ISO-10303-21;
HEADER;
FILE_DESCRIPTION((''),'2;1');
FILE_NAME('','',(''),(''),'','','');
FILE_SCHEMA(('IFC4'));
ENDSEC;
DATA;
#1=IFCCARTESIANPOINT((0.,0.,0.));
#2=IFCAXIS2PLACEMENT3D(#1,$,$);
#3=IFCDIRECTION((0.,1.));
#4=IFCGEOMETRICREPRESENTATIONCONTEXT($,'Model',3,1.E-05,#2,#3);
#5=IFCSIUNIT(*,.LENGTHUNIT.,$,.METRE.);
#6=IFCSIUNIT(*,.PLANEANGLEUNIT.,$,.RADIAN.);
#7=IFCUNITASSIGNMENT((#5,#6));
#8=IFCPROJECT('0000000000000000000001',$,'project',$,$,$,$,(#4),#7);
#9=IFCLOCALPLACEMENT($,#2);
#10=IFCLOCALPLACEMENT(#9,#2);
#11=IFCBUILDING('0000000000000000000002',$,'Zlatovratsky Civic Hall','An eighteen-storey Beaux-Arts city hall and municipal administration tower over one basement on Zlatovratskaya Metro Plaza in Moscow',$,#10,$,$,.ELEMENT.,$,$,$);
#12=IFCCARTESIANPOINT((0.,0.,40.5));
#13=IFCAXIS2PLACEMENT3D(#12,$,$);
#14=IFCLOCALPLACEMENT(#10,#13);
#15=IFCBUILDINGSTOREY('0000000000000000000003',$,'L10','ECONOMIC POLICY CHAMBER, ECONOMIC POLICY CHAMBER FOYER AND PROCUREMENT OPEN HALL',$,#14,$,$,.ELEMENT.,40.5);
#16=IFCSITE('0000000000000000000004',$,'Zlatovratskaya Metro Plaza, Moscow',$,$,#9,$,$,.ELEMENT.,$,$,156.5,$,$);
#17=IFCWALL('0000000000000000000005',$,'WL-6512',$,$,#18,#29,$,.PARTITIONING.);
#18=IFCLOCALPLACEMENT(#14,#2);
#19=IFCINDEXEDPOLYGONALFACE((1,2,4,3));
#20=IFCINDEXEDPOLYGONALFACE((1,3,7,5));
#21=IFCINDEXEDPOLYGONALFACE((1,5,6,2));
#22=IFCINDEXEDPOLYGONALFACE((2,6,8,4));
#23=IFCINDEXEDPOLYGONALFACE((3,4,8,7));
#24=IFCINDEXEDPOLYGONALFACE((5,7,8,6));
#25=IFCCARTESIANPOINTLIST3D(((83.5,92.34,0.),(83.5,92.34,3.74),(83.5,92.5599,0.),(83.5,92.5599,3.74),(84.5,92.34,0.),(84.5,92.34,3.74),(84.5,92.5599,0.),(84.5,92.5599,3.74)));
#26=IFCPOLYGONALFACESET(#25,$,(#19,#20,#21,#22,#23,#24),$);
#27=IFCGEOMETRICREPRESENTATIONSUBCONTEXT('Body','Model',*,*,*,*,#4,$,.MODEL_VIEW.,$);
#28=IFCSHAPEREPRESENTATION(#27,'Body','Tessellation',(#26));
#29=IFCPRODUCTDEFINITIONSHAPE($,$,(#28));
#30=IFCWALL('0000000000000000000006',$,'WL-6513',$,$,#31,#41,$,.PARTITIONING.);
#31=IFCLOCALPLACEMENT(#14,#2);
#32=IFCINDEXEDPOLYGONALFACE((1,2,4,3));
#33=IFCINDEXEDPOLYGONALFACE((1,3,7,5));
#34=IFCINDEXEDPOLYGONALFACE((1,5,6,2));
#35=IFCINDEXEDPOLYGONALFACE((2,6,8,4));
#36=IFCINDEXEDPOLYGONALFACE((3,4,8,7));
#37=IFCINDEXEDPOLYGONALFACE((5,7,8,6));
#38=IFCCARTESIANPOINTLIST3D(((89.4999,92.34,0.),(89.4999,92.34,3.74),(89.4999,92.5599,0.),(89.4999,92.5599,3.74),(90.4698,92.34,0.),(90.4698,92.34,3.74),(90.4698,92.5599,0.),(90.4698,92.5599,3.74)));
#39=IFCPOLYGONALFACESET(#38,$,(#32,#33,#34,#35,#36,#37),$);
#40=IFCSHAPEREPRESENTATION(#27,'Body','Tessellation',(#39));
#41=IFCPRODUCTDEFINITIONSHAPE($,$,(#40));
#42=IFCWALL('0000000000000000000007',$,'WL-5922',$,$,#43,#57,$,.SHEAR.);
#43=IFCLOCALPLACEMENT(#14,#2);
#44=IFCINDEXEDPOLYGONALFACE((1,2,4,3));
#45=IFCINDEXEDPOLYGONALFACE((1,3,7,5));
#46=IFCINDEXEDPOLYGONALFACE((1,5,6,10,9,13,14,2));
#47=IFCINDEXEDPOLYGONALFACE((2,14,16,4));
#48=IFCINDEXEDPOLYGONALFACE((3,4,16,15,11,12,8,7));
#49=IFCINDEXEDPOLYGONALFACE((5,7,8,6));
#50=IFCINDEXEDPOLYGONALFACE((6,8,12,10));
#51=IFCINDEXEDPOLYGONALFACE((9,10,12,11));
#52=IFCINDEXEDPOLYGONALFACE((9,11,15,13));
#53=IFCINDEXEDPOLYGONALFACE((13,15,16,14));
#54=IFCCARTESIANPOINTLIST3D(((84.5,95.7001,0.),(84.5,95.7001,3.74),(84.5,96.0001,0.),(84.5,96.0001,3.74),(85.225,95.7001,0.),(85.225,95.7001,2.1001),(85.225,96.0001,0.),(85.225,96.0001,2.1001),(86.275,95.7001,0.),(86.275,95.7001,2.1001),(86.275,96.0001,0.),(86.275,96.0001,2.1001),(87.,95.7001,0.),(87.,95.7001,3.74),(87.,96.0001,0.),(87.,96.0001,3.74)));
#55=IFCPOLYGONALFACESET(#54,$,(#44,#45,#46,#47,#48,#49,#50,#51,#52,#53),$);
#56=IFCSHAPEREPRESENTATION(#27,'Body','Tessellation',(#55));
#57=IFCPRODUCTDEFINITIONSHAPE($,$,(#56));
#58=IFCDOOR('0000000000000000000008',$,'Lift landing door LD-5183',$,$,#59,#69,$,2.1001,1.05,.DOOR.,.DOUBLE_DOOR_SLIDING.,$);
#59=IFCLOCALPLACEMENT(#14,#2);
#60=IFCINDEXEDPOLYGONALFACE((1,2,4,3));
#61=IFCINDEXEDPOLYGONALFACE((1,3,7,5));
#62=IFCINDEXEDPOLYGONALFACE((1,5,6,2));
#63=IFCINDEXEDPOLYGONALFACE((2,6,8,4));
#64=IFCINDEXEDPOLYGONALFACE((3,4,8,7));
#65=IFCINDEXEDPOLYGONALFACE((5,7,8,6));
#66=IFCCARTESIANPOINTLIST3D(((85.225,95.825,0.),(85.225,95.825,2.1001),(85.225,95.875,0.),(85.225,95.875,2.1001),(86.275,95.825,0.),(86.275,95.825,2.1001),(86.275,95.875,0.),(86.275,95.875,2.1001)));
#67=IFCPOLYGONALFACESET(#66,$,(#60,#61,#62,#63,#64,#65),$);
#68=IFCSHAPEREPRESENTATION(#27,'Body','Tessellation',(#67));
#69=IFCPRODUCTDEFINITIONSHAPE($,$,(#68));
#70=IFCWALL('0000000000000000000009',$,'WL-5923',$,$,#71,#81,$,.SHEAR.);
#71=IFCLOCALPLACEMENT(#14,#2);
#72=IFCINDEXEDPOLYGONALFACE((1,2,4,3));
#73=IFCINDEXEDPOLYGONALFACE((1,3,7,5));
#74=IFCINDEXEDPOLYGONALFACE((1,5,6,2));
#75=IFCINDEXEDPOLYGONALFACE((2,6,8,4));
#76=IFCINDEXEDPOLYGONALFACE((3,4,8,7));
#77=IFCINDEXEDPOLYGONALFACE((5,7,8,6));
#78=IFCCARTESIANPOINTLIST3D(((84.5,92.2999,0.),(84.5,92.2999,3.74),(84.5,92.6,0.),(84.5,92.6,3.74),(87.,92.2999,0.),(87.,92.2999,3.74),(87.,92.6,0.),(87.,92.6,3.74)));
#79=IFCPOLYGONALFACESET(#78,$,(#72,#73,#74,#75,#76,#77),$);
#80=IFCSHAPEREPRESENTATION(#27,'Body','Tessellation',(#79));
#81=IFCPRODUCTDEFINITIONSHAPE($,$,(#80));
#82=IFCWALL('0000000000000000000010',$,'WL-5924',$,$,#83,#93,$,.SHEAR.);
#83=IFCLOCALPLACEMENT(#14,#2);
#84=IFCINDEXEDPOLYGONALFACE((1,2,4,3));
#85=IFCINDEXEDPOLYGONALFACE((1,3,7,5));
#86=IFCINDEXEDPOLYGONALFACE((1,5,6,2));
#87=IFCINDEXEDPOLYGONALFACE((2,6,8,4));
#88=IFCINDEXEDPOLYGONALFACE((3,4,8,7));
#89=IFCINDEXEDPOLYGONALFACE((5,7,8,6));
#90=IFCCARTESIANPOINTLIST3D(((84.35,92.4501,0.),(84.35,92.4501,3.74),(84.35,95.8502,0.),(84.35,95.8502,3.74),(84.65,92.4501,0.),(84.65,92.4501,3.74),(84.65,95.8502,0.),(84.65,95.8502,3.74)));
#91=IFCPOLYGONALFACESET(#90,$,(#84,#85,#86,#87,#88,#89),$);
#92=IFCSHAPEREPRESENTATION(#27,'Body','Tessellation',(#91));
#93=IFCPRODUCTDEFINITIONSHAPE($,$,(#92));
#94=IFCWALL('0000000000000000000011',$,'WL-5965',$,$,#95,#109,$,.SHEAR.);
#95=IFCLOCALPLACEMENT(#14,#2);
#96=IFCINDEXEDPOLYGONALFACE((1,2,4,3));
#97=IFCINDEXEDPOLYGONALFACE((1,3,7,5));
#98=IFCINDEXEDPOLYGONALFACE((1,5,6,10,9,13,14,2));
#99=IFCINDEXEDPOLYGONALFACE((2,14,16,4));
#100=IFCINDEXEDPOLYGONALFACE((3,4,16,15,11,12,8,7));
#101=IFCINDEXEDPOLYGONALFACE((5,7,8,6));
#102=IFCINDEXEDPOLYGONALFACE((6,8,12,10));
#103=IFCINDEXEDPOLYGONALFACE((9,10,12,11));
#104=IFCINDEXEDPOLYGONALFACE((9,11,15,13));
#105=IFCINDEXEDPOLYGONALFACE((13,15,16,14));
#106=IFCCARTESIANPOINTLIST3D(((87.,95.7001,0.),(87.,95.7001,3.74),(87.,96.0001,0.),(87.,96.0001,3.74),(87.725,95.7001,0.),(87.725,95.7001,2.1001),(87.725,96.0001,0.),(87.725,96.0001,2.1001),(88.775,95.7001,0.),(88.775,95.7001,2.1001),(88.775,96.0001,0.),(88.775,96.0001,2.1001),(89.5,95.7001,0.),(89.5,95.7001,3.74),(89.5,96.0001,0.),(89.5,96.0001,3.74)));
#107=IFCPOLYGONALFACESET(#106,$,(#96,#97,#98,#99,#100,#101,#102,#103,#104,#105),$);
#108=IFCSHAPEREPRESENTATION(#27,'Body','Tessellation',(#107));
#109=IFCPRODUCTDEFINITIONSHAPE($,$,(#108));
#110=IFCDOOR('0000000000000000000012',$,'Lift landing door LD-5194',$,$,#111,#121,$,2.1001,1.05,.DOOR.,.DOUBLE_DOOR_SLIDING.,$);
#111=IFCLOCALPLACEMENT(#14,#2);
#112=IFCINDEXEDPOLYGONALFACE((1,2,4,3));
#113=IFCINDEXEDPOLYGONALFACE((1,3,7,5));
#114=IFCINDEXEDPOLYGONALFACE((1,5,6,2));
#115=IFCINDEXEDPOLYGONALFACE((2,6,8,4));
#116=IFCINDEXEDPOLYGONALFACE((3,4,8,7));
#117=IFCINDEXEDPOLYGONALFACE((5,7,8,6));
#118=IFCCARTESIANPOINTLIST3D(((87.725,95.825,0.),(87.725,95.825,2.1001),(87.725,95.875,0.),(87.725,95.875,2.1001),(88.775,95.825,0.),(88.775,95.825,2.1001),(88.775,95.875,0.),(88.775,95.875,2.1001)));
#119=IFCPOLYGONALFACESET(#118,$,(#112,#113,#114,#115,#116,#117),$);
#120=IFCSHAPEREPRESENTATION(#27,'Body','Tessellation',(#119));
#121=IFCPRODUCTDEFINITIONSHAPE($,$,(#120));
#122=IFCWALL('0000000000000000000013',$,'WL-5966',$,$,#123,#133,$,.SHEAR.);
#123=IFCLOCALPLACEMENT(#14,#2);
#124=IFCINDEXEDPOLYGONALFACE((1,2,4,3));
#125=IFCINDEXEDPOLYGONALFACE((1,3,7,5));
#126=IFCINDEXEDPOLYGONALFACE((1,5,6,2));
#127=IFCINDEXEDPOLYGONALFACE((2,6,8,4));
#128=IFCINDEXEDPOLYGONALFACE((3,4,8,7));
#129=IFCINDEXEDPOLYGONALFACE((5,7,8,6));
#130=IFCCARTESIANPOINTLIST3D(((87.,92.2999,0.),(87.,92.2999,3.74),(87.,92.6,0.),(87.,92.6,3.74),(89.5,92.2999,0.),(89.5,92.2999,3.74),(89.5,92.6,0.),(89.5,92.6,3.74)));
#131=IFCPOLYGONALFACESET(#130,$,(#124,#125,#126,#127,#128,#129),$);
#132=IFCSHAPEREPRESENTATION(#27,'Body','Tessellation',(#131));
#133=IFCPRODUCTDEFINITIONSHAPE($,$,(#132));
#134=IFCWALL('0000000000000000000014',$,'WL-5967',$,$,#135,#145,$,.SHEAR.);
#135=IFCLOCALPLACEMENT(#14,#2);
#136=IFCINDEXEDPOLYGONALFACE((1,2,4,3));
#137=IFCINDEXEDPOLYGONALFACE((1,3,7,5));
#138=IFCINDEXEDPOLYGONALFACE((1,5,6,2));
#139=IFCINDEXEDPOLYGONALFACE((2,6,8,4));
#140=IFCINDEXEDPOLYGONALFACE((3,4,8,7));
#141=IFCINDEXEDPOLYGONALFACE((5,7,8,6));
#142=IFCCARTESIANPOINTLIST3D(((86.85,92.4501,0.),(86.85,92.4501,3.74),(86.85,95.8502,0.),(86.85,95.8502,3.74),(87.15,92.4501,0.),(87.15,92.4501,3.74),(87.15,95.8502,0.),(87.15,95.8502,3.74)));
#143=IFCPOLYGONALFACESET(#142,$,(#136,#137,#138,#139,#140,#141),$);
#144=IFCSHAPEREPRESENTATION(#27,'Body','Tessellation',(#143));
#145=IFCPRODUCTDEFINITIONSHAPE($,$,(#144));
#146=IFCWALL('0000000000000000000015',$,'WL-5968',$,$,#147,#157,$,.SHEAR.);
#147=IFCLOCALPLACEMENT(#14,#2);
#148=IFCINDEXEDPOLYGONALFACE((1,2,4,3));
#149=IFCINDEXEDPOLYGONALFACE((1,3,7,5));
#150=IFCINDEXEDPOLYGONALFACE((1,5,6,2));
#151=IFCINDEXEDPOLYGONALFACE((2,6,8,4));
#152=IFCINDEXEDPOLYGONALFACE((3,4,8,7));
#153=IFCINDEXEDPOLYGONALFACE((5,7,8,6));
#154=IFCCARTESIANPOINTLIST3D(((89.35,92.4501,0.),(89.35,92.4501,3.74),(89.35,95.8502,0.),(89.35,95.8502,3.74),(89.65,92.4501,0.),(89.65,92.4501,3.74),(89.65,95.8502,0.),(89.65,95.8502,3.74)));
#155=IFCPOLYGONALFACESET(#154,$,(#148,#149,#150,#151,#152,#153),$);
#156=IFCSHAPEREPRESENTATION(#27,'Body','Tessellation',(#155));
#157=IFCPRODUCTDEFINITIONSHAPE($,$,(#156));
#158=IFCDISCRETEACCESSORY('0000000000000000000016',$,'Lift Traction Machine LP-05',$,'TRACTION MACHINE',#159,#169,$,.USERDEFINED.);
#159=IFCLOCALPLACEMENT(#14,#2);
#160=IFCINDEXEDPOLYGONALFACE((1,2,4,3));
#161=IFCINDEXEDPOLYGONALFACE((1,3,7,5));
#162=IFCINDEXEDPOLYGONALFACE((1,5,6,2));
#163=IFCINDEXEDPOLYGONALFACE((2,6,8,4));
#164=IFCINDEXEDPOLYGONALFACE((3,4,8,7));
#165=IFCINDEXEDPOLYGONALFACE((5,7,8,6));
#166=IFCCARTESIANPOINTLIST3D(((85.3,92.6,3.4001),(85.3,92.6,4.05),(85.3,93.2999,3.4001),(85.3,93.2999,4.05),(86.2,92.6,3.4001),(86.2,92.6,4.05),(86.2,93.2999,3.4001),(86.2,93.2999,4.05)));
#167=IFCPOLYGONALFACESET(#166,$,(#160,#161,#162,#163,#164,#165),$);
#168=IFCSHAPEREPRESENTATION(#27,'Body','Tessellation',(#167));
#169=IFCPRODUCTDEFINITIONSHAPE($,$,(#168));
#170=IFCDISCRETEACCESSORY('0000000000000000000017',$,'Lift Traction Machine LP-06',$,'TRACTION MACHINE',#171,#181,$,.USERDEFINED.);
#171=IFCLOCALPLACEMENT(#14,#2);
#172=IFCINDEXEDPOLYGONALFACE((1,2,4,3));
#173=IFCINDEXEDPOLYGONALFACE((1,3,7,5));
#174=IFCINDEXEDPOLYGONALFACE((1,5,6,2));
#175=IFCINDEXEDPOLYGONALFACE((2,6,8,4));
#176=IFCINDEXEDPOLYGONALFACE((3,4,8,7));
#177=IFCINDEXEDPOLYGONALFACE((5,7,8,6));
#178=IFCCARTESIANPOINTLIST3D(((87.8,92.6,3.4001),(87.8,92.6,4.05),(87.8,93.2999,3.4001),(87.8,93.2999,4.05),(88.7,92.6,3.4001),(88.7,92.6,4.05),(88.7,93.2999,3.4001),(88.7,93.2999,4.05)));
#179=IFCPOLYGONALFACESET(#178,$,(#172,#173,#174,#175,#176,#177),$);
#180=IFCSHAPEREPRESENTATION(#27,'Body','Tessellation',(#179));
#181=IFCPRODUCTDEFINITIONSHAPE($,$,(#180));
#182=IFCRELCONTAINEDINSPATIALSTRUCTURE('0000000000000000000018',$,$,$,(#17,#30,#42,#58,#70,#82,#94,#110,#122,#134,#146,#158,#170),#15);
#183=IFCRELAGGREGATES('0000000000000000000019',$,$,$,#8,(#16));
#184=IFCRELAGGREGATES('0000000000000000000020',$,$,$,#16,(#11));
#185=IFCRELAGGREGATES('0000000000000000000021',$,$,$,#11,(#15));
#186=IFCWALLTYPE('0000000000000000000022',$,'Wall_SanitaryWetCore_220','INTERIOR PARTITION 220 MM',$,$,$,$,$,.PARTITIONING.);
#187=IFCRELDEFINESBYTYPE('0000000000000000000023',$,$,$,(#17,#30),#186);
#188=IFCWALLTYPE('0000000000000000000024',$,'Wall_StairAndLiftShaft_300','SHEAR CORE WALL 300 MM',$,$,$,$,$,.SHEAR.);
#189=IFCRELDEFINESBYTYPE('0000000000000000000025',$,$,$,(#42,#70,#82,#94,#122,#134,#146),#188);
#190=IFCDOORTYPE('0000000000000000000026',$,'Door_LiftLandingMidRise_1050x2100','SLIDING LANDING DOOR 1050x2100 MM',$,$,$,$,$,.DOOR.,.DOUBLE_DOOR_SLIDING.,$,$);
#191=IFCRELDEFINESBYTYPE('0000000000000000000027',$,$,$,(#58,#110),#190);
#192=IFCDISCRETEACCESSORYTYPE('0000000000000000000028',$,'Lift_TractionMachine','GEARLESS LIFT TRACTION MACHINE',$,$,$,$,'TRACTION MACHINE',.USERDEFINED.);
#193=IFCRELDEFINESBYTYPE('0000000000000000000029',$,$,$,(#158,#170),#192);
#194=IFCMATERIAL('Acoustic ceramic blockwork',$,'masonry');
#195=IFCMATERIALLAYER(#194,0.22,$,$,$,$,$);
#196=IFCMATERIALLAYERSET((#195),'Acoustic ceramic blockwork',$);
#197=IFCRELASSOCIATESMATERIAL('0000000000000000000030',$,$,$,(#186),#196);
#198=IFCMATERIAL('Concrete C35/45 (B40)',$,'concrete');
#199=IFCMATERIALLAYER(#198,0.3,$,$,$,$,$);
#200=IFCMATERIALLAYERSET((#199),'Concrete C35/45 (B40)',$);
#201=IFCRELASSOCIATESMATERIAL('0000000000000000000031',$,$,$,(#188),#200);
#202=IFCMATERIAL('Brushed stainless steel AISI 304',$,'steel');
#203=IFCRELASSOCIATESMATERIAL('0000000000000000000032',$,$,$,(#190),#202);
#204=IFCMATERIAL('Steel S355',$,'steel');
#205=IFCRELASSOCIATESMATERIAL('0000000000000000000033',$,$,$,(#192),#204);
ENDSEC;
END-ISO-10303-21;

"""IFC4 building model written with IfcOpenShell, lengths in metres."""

from ifc_helpers import new_model, si_unit, direction, frame, frame_2d, origin, origin_2d, place, context, subcontext, project, spatial, rectangle, extrude, material, layer, layer_set, type_object, element, fill, save


model = new_model("IFC4")

# Units and contexts
model_context = context("Model", 3, precision=1e-05, world=origin(), true_north=direction((0.0, 1.0)))
body_context = subcontext(model_context, "Body", "Model", "MODEL_VIEW")
ifc_project = project(units=[si_unit("LENGTHUNIT", "METRE"), si_unit("PLANEANGLEUNIT", "RADIAN")], contexts=[model_context])

# Site, building, storey
site_placement = place(None, origin())
site = spatial("IfcSite", under=ifc_project, at=site_placement, Name="Zlatovratskaya Metro Plaza, Moscow", CompositionType="ELEMENT", RefElevation=156.5)
building_placement = place(site_placement, origin())
building = spatial("IfcBuilding", under=site, at=building_placement, Name="Zlatovratsky Civic Hall", Description="An eighteen-storey Beaux-Arts city hall and municipal administration tower over one basement on Zlatovratskaya Metro Plaza in Moscow", CompositionType="ELEMENT")
storey_placement = place(building_placement, frame((0.0, 0.0, 40.5)))
storey = spatial("IfcBuildingStorey", under=building, at=storey_placement, Name="L10", Description="ECONOMIC POLICY CHAMBER, ECONOMIC POLICY CHAMBER FOYER AND PROCUREMENT OPEN HALL", CompositionType="ELEMENT", Elevation=40.5)

# Shared definitions
ifc_material_1 = material(Name="Concrete C35/45 (B40)", Category="concrete")
ifc_material_2 = material(Name="Steel S355", Category="steel")

# Walls
ifc_material_3 = material(Name="Acoustic ceramic blockwork", Category="masonry")
ifc_layer_1 = layer(ifc_material_3, 0.22)
ifc_layer_set_1 = layer_set([ifc_layer_1], Name="Acoustic ceramic blockwork")
wall_type_1 = type_object("IfcWallType", Name="Wall_SanitaryWetCore_220", Description="INTERIOR PARTITION 220 MM", PredefinedType="PARTITIONING", material=ifc_layer_set_1)
wall_1_placement = place(storey_placement, frame((83.5, 92.45, 0.0), z_axis=(0.0, 0.0, 1.0), x_axis=(1.0, 0.0, 0.0)))
element("IfcWall", 1, at=wall_1_placement, inside=storey, type_object=wall_type_1, Name="WL-6512", PredefinedType="PARTITIONING", context=body_context, shape_type="SweptSolid", body=[
    extrude(rectangle(XDim=1.0, YDim=0.22, at=frame_2d((0.5, 0.0))), origin(), (0.0, 0.0, 1.0), 3.74),
])
wall_2_placement = place(storey_placement, frame((89.5, 92.45, 0.0), z_axis=(0.0, 0.0, 1.0), x_axis=(1.0, 0.0, 0.0)))
element("IfcWall", 2, at=wall_2_placement, inside=storey, type_object=wall_type_1, Name="WL-6513", PredefinedType="PARTITIONING", context=body_context, shape_type="SweptSolid", body=[
    extrude(rectangle(XDim=0.97, YDim=0.22, at=frame_2d((0.4849, 0.0))), origin(), (0.0, 0.0, 1.0), 3.74),
])

# Wall, opening, door
ifc_layer_2 = layer(ifc_material_1, 0.3)
ifc_layer_set_2 = layer_set([ifc_layer_2], Name="Concrete C35/45 (B40)")
wall_type_2 = type_object("IfcWallType", Name="Wall_StairAndLiftShaft_300", Description="SHEAR CORE WALL 300 MM", PredefinedType="SHEAR", material=ifc_layer_set_2)
wall_3_placement = place(storey_placement, frame((84.5, 95.8501, 0.0), z_axis=(0.0, 0.0, 1.0), x_axis=(1.0, 0.0, 0.0)))
wall_3 = element("IfcWall", 3, at=wall_3_placement, inside=storey, type_object=wall_type_2, Name="WL-5922", PredefinedType="SHEAR", context=body_context, shape_type="SweptSolid", body=[
    extrude(rectangle(XDim=2.5, YDim=0.3, at=frame_2d((1.25, 0.0))), origin(), (0.0, 0.0, 1.0), 3.74),
])
opening_1_placement = place(wall_3_placement, frame((0.7251, 0.0, 0.0)))
opening_1 = element("IfcOpeningElement", 4, at=opening_1_placement, cuts=wall_3, PredefinedType="OPENING", context=body_context, shape_type="SweptSolid", body=[
    extrude(rectangle(XDim=1.05, YDim=2.1001, at=frame_2d((0.5249, 1.05))), frame((0.0, 0.165, 0.0), z_axis=(0.0, -1.0, 0.0), x_axis=(1.0, 0.0, 0.0)), (0.0, 0.0, 1.0), 0.3298),
])
ifc_material_4 = material(Name="Brushed stainless steel AISI 304", Category="steel")
door_type = type_object("IfcDoorType", Name="Door_LiftLandingMidRise_1050x2100", Description="SLIDING LANDING DOOR 1050x2100 MM", OperationType="DOUBLE_DOOR_SLIDING", PredefinedType="DOOR", material=ifc_material_4)
door_1_placement = place(opening_1_placement, origin())
door_1 = element("IfcDoor", 5, at=door_1_placement, inside=storey, type_object=door_type, Name="Lift landing door LD-5183", OperationType="DOUBLE_DOOR_SLIDING", OverallHeight=2.1001, OverallWidth=1.05, PredefinedType="DOOR", context=body_context, shape_type="SweptSolid", body=[
    extrude(rectangle(XDim=1.05, YDim=2.1001, at=frame_2d((0.5249, 1.05))), frame((0.0, 0.0249, 0.0), z_axis=(0.0, -1.0, 0.0), x_axis=(1.0, 0.0, 0.0)), (0.0, 0.0, 1.0), 0.05),
])
fill(opening_1, door_1)

# Walls
wall_4_placement = place(storey_placement, frame((84.5, 92.45, 0.0), z_axis=(0.0, 0.0, 1.0), x_axis=(1.0, 0.0, 0.0)))
element("IfcWall", 6, at=wall_4_placement, inside=storey, type_object=wall_type_2, Name="WL-5923", PredefinedType="SHEAR", context=body_context, shape_type="SweptSolid", body=[
    extrude(rectangle(XDim=2.5, YDim=0.3, at=frame_2d((1.25, 0.0))), origin(), (0.0, 0.0, 1.0), 3.74),
])
wall_5_placement = place(storey_placement, frame((84.5, 92.45, 0.0), z_axis=(0.0, 0.0, 1.0), x_axis=(0.0, 1.0, 0.0)))
element("IfcWall", 7, at=wall_5_placement, inside=storey, type_object=wall_type_2, Name="WL-5924", PredefinedType="SHEAR", context=body_context, shape_type="SweptSolid", body=[
    extrude(rectangle(XDim=3.4001, YDim=0.3, at=frame_2d((1.7002, 0.0))), origin(), (0.0, 0.0, 1.0), 3.74),
])

# Wall, opening, door
wall_6_placement = place(storey_placement, frame((87.0, 95.8501, 0.0), z_axis=(0.0, 0.0, 1.0), x_axis=(1.0, 0.0, 0.0)))
wall_6 = element("IfcWall", 8, at=wall_6_placement, inside=storey, type_object=wall_type_2, Name="WL-5965", PredefinedType="SHEAR", context=body_context, shape_type="SweptSolid", body=[
    extrude(rectangle(XDim=2.5, YDim=0.3, at=frame_2d((1.25, 0.0))), origin(), (0.0, 0.0, 1.0), 3.74),
])
opening_2_placement = place(wall_6_placement, frame((0.7251, 0.0, 0.0)))
opening_2 = element("IfcOpeningElement", 9, at=opening_2_placement, cuts=wall_6, PredefinedType="OPENING", context=body_context, shape_type="SweptSolid", body=[
    extrude(rectangle(XDim=1.05, YDim=2.1001, at=frame_2d((0.5249, 1.05))), frame((0.0, 0.165, 0.0), z_axis=(0.0, -1.0, 0.0), x_axis=(1.0, 0.0, 0.0)), (0.0, 0.0, 1.0), 0.3298),
])
door_2_placement = place(opening_2_placement, origin())
door_2 = element("IfcDoor", 10, at=door_2_placement, inside=storey, type_object=door_type, Name="Lift landing door LD-5194", OperationType="DOUBLE_DOOR_SLIDING", OverallHeight=2.1001, OverallWidth=1.05, PredefinedType="DOOR", context=body_context, shape_type="SweptSolid", body=[
    extrude(rectangle(XDim=1.05, YDim=2.1001, at=frame_2d((0.5249, 1.05))), frame((0.0, 0.0249, 0.0), z_axis=(0.0, -1.0, 0.0), x_axis=(1.0, 0.0, 0.0)), (0.0, 0.0, 1.0), 0.05),
])
fill(opening_2, door_2)

# Walls
wall_7_placement = place(storey_placement, frame((87.0, 92.45, 0.0), z_axis=(0.0, 0.0, 1.0), x_axis=(1.0, 0.0, 0.0)))
element("IfcWall", 11, at=wall_7_placement, inside=storey, type_object=wall_type_2, Name="WL-5966", PredefinedType="SHEAR", context=body_context, shape_type="SweptSolid", body=[
    extrude(rectangle(XDim=2.5, YDim=0.3, at=frame_2d((1.25, 0.0))), origin(), (0.0, 0.0, 1.0), 3.74),
])
for number, where, z_axis, x_axis, name in (
    (12, (87.0, 92.45, 0.0), (0.0, 0.0, 1.0), (0.0, 1.0, 0.0), "WL-5967"),
    (13, (89.5, 92.45, 0.0), (0.0, 0.0, 1.0), (0.0, 1.0, 0.0), "WL-5968"),
):
    element("IfcWall", number, at=place(storey_placement, frame(where, z_axis=z_axis, x_axis=x_axis)), inside=storey, type_object=wall_type_2, Name=name, PredefinedType="SHEAR", context=body_context, shape_type="SweptSolid", body=[
        extrude(rectangle(XDim=3.4001, YDim=0.3, at=frame_2d((1.7002, 0.0))), origin(), (0.0, 0.0, 1.0), 3.74),
    ])

# Discrete accessories
discrete_accessory_type = type_object("IfcDiscreteAccessoryType", Name="Lift_TractionMachine", Description="GEARLESS LIFT TRACTION MACHINE", ElementType="TRACTION MACHINE", PredefinedType="USERDEFINED", material=ifc_material_2)
for number, where, z_axis, x_axis, name in (
    (14, (85.75, 92.95, 3.4001), (0.0, 0.0, 1.0), (1.0, 0.0, 0.0), "Lift Traction Machine LP-05"),
    (15, (88.25, 92.95, 3.4001), (0.0, 0.0, 1.0), (1.0, 0.0, 0.0), "Lift Traction Machine LP-06"),
):
    element("IfcDiscreteAccessory", number, at=place(storey_placement, frame(where, z_axis=z_axis, x_axis=x_axis)), inside=storey, type_object=discrete_accessory_type, Name=name, ObjectType="TRACTION MACHINE", PredefinedType="USERDEFINED", context=body_context, shape_type="SweptSolid", body=[
        extrude(rectangle(XDim=0.8999, YDim=0.7, at=origin_2d()), origin(), (0.0, 0.0, 1.0), 0.6499),
    ])

save(model, "model.ifc")
